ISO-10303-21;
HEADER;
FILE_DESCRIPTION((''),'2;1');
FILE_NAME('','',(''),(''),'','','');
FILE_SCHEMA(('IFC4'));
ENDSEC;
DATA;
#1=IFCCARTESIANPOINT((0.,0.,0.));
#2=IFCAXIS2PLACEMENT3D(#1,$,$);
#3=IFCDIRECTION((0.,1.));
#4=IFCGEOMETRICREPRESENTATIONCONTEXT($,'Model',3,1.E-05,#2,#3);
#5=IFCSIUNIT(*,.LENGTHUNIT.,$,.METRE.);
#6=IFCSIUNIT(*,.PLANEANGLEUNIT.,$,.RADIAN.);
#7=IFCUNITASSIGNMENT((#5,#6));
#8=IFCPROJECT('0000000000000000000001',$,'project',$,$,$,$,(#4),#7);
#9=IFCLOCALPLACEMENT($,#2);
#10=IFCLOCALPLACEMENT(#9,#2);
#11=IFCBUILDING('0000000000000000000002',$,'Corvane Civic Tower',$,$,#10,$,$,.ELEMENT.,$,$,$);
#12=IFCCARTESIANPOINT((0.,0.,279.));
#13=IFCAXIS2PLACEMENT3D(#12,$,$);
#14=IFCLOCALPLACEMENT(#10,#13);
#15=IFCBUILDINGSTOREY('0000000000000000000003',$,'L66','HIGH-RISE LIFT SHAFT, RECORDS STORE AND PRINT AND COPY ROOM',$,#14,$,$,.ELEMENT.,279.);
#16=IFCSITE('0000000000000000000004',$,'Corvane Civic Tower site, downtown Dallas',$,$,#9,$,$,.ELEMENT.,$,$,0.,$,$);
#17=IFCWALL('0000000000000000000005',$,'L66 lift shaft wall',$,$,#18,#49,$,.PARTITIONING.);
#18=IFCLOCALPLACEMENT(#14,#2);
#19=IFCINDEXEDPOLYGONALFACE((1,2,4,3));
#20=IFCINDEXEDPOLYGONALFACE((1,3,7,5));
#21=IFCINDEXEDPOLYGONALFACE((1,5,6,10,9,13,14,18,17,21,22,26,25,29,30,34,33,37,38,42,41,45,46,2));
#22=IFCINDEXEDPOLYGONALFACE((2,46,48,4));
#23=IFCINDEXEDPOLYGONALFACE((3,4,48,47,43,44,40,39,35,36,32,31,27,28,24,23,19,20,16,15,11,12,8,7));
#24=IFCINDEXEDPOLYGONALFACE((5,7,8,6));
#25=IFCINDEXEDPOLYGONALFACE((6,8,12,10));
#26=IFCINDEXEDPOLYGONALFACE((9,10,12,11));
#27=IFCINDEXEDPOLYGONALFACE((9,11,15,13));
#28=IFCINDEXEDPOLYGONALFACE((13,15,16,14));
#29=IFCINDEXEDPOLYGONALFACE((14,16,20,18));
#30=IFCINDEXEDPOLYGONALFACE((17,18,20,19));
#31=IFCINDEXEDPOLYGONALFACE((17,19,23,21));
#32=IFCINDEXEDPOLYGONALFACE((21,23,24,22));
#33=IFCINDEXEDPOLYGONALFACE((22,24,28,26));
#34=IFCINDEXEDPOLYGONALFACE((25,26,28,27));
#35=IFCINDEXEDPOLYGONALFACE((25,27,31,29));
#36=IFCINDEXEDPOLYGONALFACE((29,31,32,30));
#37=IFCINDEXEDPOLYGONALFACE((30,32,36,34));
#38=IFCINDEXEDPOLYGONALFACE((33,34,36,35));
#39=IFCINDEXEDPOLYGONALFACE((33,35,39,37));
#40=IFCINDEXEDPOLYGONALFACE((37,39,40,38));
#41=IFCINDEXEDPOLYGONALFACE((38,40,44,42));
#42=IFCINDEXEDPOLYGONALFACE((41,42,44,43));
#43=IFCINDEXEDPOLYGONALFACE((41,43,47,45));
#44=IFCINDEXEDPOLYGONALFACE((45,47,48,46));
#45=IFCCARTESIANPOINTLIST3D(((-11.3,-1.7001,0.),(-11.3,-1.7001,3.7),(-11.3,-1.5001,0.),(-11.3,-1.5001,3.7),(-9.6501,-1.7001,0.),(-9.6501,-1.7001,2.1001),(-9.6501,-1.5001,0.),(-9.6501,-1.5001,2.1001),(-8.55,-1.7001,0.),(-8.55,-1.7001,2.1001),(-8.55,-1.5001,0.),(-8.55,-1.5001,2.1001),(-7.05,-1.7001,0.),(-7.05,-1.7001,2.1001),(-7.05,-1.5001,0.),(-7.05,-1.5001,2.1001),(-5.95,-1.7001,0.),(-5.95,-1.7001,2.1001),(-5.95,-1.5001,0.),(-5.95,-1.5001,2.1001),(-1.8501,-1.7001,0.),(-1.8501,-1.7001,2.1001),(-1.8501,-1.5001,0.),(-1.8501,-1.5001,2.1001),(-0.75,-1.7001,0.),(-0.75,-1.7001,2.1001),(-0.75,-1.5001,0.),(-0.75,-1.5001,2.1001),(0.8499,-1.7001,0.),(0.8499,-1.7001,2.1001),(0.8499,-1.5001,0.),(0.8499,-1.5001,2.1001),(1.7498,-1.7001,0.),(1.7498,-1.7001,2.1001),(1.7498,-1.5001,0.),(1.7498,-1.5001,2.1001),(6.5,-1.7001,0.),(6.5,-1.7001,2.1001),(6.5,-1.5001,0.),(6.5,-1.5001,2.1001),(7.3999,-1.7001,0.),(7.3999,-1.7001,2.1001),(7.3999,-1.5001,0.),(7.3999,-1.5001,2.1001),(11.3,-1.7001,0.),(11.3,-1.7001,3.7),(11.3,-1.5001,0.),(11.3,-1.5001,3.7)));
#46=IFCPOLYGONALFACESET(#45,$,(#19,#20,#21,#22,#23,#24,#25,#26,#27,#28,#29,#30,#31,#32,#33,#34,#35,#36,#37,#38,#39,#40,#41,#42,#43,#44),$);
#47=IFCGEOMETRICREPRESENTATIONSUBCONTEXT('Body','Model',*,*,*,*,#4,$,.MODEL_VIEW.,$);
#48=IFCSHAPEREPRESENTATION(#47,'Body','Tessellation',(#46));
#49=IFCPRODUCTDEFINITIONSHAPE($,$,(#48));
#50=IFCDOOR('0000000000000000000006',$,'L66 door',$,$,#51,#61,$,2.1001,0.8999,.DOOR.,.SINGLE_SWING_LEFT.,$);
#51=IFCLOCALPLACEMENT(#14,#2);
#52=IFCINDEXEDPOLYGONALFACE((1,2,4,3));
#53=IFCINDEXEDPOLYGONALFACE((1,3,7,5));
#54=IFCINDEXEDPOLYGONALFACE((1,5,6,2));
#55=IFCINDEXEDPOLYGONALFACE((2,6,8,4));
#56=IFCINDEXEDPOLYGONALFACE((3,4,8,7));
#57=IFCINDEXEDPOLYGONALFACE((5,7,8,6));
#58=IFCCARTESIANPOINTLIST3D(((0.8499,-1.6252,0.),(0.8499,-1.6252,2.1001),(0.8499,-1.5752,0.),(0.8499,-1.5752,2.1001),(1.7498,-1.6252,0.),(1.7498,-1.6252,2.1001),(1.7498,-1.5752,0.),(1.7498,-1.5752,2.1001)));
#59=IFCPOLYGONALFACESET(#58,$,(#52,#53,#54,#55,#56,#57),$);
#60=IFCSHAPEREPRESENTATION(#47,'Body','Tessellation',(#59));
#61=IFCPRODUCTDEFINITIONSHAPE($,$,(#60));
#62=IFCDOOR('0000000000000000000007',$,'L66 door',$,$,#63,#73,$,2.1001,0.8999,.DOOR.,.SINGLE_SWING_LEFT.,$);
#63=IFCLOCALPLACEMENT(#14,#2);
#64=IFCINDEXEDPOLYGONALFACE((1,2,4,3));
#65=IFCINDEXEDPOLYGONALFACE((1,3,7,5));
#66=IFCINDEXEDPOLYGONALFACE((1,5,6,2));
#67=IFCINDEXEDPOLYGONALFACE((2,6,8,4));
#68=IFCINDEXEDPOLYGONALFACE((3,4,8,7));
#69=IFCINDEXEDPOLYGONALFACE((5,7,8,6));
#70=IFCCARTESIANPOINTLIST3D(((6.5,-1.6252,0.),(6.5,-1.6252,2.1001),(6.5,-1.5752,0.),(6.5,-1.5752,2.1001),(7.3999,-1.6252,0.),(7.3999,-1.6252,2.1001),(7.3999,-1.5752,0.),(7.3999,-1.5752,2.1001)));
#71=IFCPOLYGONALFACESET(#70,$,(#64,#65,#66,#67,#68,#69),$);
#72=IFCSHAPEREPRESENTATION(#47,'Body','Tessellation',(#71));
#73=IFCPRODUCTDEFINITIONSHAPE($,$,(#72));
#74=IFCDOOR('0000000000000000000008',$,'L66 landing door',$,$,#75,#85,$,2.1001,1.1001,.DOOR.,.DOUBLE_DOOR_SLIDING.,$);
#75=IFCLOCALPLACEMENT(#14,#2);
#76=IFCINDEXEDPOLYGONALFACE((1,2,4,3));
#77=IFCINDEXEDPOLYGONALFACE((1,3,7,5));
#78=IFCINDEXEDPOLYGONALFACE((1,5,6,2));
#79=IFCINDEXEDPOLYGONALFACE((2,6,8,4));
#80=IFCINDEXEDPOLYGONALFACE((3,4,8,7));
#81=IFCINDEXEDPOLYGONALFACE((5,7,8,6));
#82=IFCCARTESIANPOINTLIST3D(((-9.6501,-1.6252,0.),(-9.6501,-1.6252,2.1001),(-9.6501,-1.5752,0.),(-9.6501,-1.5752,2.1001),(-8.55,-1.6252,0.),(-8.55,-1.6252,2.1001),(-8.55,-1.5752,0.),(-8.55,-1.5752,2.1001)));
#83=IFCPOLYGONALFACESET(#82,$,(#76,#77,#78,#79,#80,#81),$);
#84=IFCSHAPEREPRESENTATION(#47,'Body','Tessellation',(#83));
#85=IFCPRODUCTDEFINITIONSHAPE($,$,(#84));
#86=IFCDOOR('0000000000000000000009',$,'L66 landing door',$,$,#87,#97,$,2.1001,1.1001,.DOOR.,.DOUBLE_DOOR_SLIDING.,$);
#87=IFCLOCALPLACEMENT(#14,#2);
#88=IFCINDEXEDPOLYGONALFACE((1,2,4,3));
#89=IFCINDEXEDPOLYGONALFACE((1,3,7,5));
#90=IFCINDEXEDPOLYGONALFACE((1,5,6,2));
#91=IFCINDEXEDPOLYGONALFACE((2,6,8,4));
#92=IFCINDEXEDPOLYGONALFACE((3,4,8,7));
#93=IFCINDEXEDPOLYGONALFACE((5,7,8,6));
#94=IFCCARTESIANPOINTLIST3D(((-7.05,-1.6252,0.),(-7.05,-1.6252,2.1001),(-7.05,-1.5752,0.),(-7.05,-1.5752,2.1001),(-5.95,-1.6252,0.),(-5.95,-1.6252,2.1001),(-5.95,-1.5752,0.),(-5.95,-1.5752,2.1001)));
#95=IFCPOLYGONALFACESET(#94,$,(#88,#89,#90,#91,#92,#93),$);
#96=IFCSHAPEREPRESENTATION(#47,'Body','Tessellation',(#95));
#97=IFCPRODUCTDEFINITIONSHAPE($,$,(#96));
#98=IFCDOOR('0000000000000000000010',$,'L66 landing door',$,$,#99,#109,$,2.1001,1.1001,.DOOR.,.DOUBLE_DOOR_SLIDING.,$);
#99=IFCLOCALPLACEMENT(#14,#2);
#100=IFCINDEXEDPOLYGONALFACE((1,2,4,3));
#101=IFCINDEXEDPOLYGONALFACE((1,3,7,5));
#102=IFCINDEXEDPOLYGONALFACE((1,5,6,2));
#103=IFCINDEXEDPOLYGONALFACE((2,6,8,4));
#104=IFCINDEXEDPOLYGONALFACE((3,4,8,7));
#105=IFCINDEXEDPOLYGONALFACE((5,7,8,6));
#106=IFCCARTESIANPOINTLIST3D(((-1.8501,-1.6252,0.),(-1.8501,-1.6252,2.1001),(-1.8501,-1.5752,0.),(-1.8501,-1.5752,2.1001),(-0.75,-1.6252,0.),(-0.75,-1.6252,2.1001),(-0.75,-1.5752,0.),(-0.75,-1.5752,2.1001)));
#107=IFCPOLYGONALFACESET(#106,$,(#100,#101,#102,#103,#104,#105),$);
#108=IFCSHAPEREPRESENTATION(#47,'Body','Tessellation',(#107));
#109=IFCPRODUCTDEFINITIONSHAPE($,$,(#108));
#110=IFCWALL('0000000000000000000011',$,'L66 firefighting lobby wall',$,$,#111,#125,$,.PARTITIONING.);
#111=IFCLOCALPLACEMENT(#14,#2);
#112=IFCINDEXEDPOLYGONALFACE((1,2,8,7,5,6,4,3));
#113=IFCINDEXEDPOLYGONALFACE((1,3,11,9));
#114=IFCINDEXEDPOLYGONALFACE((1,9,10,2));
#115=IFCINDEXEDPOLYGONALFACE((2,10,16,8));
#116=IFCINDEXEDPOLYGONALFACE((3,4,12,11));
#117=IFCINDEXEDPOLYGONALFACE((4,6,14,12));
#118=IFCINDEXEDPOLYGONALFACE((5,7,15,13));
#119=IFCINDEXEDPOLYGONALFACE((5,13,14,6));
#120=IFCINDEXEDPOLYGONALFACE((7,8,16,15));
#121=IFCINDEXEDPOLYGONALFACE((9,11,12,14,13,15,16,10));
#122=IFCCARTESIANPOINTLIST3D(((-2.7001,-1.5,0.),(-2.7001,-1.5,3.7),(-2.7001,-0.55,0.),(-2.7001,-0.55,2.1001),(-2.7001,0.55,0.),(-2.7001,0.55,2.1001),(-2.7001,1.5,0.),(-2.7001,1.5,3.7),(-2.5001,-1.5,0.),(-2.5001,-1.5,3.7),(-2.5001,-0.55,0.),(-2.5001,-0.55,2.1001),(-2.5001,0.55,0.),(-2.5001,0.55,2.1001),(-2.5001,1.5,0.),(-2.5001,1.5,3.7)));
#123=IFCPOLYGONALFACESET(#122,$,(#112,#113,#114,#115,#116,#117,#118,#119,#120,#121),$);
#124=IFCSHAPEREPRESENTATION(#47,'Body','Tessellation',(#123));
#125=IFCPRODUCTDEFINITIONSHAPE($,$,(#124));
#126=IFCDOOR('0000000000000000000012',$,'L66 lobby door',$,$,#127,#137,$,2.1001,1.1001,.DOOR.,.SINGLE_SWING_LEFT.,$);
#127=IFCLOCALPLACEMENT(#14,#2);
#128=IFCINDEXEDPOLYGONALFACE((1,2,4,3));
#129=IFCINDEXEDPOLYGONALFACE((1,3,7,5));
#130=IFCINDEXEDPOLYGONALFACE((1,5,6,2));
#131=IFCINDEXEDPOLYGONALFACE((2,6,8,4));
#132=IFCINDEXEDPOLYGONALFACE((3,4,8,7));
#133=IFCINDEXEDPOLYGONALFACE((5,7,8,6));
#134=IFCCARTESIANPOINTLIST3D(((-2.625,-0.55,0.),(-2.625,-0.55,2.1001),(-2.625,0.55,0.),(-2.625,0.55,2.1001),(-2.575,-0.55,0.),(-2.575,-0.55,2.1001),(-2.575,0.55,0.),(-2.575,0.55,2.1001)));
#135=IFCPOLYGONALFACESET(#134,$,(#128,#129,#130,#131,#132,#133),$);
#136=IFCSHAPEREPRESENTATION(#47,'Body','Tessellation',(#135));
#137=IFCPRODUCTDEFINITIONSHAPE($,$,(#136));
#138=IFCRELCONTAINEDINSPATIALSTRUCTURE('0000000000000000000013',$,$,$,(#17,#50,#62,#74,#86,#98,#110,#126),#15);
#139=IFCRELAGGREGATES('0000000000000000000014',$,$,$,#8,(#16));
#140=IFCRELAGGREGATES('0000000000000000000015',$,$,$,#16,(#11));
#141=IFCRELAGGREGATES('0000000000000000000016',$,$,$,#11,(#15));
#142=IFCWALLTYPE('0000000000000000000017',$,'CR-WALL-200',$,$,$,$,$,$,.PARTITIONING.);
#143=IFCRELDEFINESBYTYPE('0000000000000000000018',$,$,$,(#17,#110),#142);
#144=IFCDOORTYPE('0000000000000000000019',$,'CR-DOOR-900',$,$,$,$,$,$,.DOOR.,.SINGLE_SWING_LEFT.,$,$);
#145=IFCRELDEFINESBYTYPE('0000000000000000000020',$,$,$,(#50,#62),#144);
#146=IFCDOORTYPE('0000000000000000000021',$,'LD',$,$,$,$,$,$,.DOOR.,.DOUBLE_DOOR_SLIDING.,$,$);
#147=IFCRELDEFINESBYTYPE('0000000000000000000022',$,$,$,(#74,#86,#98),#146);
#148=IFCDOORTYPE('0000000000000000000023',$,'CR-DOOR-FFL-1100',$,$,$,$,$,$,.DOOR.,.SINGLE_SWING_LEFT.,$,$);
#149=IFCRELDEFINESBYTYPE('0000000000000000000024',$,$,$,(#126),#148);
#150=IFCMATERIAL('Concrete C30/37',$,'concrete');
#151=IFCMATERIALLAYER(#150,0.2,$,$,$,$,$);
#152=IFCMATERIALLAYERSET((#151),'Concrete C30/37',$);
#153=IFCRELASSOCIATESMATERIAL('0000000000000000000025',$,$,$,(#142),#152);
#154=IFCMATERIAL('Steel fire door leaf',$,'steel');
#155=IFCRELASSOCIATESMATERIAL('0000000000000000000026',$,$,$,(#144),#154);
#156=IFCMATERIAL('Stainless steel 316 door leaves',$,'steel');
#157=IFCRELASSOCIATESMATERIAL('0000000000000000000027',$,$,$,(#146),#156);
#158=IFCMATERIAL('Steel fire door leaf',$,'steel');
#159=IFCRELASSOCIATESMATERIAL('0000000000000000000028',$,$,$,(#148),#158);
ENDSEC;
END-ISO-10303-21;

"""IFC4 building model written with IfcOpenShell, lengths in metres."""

from ifc_helpers import new_model, si_unit, direction, frame, frame_2d, origin, place, context, subcontext, project, spatial, rectangle, extrude, material, layer, layer_set, type_object, element, fill, save


model = new_model("IFC4")

# Units and contexts
model_context = context("Model", 3, precision=1e-05, world=origin(), true_north=direction((0.0, 1.0)))
body_context = subcontext(model_context, "Body", "Model", "MODEL_VIEW")
ifc_project = project(units=[si_unit("LENGTHUNIT", "METRE"), si_unit("PLANEANGLEUNIT", "RADIAN")], contexts=[model_context])

# Site, building, storey
site_placement = place(None, origin())
site = spatial("IfcSite", under=ifc_project, at=site_placement, Name="Corvane Civic Tower site, downtown Dallas", CompositionType="ELEMENT", RefElevation=0.0)
building_placement = place(site_placement, origin())
building = spatial("IfcBuilding", under=site, at=building_placement, Name="Corvane Civic Tower", CompositionType="ELEMENT")
storey_placement = place(building_placement, frame((0.0, 0.0, 279.0)))
storey = spatial("IfcBuildingStorey", under=building, at=storey_placement, Name="L66", Description="HIGH-RISE LIFT SHAFT, RECORDS STORE AND PRINT AND COPY ROOM", CompositionType="ELEMENT", Elevation=279.0)

# Wall, openings, doors
ifc_material_1 = material(Name="Concrete C30/37", Category="concrete")
ifc_layer_1 = layer(ifc_material_1, 0.2)
ifc_layer_set_1 = layer_set([ifc_layer_1], Name="Concrete C30/37")
wall_type_1 = type_object("IfcWallType", Name="CR-WALL-200", PredefinedType="PARTITIONING", material=ifc_layer_set_1)
ifc_material_2 = material(Name="Steel fire door leaf", Category="steel")
door_type_1 = type_object("IfcDoorType", Name="CR-DOOR-900", OperationType="SINGLE_SWING_LEFT", PredefinedType="DOOR", material=ifc_material_2)
wall_1_placement = place(storey_placement, frame((-11.3, -1.6001, 0.0), z_axis=(0.0, 0.0, 1.0), x_axis=(1.0, 0.0, 0.0)))
wall_1 = element("IfcWall", 1, at=wall_1_placement, inside=storey, type_object=wall_type_1, Name="L66 lift shaft wall", PredefinedType="PARTITIONING", context=body_context, shape_type="SweptSolid", body=[
    extrude(rectangle(XDim=22.6001, YDim=0.2, at=frame_2d((11.3, 0.0))), origin(), (0.0, 0.0, 1.0), 3.7),
])
opening_1_placement = place(wall_1_placement, frame((1.6499, 0.0, 0.0)))
opening_1 = element("IfcOpeningElement", 2, at=opening_1_placement, cuts=wall_1, PredefinedType="OPENING", context=body_context, shape_type="SweptSolid", body=[
    extrude(rectangle(XDim=1.1001, YDim=2.1001, at=frame_2d((0.55, 1.05))), frame((0.0, 0.1099, 0.0), z_axis=(0.0, -1.0, 0.0), x_axis=(1.0, 0.0, 0.0)), (0.0, 0.0, 1.0), 0.22),
])
opening_2_placement = place(wall_1_placement, frame((4.25, 0.0, 0.0)))
opening_2 = element("IfcOpeningElement", 3, at=opening_2_placement, cuts=wall_1, PredefinedType="OPENING", context=body_context, shape_type="SweptSolid", body=[
    extrude(rectangle(XDim=1.1001, YDim=2.1001, at=frame_2d((0.55, 1.05))), frame((0.0, 0.1099, 0.0), z_axis=(0.0, -1.0, 0.0), x_axis=(1.0, 0.0, 0.0)), (0.0, 0.0, 1.0), 0.22),
])
opening_3_placement = place(wall_1_placement, frame((9.45, 0.0, 0.0)))
opening_3 = element("IfcOpeningElement", 4, at=opening_3_placement, cuts=wall_1, PredefinedType="OPENING", context=body_context, shape_type="SweptSolid", body=[
    extrude(rectangle(XDim=1.1001, YDim=2.1001, at=frame_2d((0.55, 1.05))), frame((0.0, 0.1099, 0.0), z_axis=(0.0, -1.0, 0.0), x_axis=(1.0, 0.0, 0.0)), (0.0, 0.0, 1.0), 0.22),
])
opening_4_placement = place(wall_1_placement, frame((12.1499, 0.0, 0.0)))
opening_4 = element("IfcOpeningElement", 5, at=opening_4_placement, cuts=wall_1, PredefinedType="OPENING", context=body_context, shape_type="SweptSolid", body=[
    extrude(rectangle(XDim=0.8999, YDim=2.1001, at=frame_2d((0.45, 1.05))), frame((0.0, 0.1099, 0.0), z_axis=(0.0, -1.0, 0.0), x_axis=(1.0, 0.0, 0.0)), (0.0, 0.0, 1.0), 0.22),
])
opening_5_placement = place(wall_1_placement, frame((17.8, 0.0, 0.0)))
opening_5 = element("IfcOpeningElement", 6, at=opening_5_placement, cuts=wall_1, PredefinedType="OPENING", context=body_context, shape_type="SweptSolid", body=[
    extrude(rectangle(XDim=0.8999, YDim=2.1001, at=frame_2d((0.45, 1.05))), frame((0.0, 0.1099, 0.0), z_axis=(0.0, -1.0, 0.0), x_axis=(1.0, 0.0, 0.0)), (0.0, 0.0, 1.0), 0.22),
])
door_1_placement = place(opening_4_placement, origin())
door_1 = element("IfcDoor", 7, at=door_1_placement, inside=storey, type_object=door_type_1, Name="L66 door", OperationType="SINGLE_SWING_LEFT", OverallHeight=2.1001, OverallWidth=0.8999, PredefinedType="DOOR", context=body_context, shape_type="SweptSolid", body=[
    extrude(rectangle(XDim=0.8999, YDim=2.1001, at=frame_2d((0.45, 1.05))), frame((0.0, 0.0249, 0.0), z_axis=(0.0, -1.0, 0.0), x_axis=(1.0, 0.0, 0.0)), (0.0, 0.0, 1.0), 0.05),
])
fill(opening_4, door_1)
door_2_placement = place(opening_5_placement, origin())
door_2 = element("IfcDoor", 8, at=door_2_placement, inside=storey, type_object=door_type_1, Name="L66 door", OperationType="SINGLE_SWING_LEFT", OverallHeight=2.1001, OverallWidth=0.8999, PredefinedType="DOOR", context=body_context, shape_type="SweptSolid", body=[
    extrude(rectangle(XDim=0.8999, YDim=2.1001, at=frame_2d((0.45, 1.05))), frame((0.0, 0.0249, 0.0), z_axis=(0.0, -1.0, 0.0), x_axis=(1.0, 0.0, 0.0)), (0.0, 0.0, 1.0), 0.05),
])
fill(opening_5, door_2)
ifc_material_3 = material(Name="Stainless steel 316 door leaves", Category="steel")
door_type_2 = type_object("IfcDoorType", Name="LD", OperationType="DOUBLE_DOOR_SLIDING", PredefinedType="DOOR", material=ifc_material_3)
door_3_placement = place(opening_1_placement, origin())
door_3 = element("IfcDoor", 9, at=door_3_placement, inside=storey, type_object=door_type_2, Name="L66 landing door", OperationType="DOUBLE_DOOR_SLIDING", OverallHeight=2.1001, OverallWidth=1.1001, PredefinedType="DOOR", context=body_context, shape_type="SweptSolid", body=[
    extrude(rectangle(XDim=1.1001, YDim=2.1001, at=frame_2d((0.55, 1.05))), frame((0.0, 0.0249, 0.0), z_axis=(0.0, -1.0, 0.0), x_axis=(1.0, 0.0, 0.0)), (0.0, 0.0, 1.0), 0.05),
])
fill(opening_1, door_3)
door_4_placement = place(opening_2_placement, origin())
door_4 = element("IfcDoor", 10, at=door_4_placement, inside=storey, type_object=door_type_2, Name="L66 landing door", OperationType="DOUBLE_DOOR_SLIDING", OverallHeight=2.1001, OverallWidth=1.1001, PredefinedType="DOOR", context=body_context, shape_type="SweptSolid", body=[
    extrude(rectangle(XDim=1.1001, YDim=2.1001, at=frame_2d((0.55, 1.05))), frame((0.0, 0.0249, 0.0), z_axis=(0.0, -1.0, 0.0), x_axis=(1.0, 0.0, 0.0)), (0.0, 0.0, 1.0), 0.05),
])
fill(opening_2, door_4)
door_5_placement = place(opening_3_placement, origin())
door_5 = element("IfcDoor", 11, at=door_5_placement, inside=storey, type_object=door_type_2, Name="L66 landing door", OperationType="DOUBLE_DOOR_SLIDING", OverallHeight=2.1001, OverallWidth=1.1001, PredefinedType="DOOR", context=body_context, shape_type="SweptSolid", body=[
    extrude(rectangle(XDim=1.1001, YDim=2.1001, at=frame_2d((0.55, 1.05))), frame((0.0, 0.0249, 0.0), z_axis=(0.0, -1.0, 0.0), x_axis=(1.0, 0.0, 0.0)), (0.0, 0.0, 1.0), 0.05),
])
fill(opening_3, door_5)

# Wall, opening, door
wall_2_placement = place(storey_placement, frame((-2.6001, -1.5, 0.0), z_axis=(0.0, 0.0, 1.0), x_axis=(0.0, 1.0, 0.0)))
wall_2 = element("IfcWall", 12, at=wall_2_placement, inside=storey, type_object=wall_type_1, Name="L66 firefighting lobby wall", PredefinedType="PARTITIONING", context=body_context, shape_type="SweptSolid", body=[
    extrude(rectangle(XDim=3.0, YDim=0.2, at=frame_2d((1.5, 0.0))), origin(), (0.0, 0.0, 1.0), 3.7),
])
opening_6_placement = place(wall_2_placement, frame((0.95, 0.0, 0.0)))
opening_6 = element("IfcOpeningElement", 13, at=opening_6_placement, cuts=wall_2, PredefinedType="OPENING", context=body_context, shape_type="SweptSolid", body=[
    extrude(rectangle(XDim=1.1001, YDim=2.1001, at=frame_2d((0.55, 1.05))), frame((0.0, 0.1099, 0.0), z_axis=(0.0, -1.0, 0.0), x_axis=(1.0, 0.0, 0.0)), (0.0, 0.0, 1.0), 0.22),
])
ifc_material_4 = material(Name="Steel fire door leaf", Category="steel")
door_type_3 = type_object("IfcDoorType", Name="CR-DOOR-FFL-1100", OperationType="SINGLE_SWING_LEFT", PredefinedType="DOOR", material=ifc_material_4)
door_6_placement = place(opening_6_placement, origin())
door_6 = element("IfcDoor", 14, at=door_6_placement, inside=storey, type_object=door_type_3, Name="L66 lobby door", OperationType="SINGLE_SWING_LEFT", OverallHeight=2.1001, OverallWidth=1.1001, PredefinedType="DOOR", context=body_context, shape_type="SweptSolid", body=[
    extrude(rectangle(XDim=1.1001, YDim=2.1001, at=frame_2d((0.55, 1.05))), frame((0.0, 0.0249, 0.0), z_axis=(0.0, -1.0, 0.0), x_axis=(1.0, 0.0, 0.0)), (0.0, 0.0, 1.0), 0.05),
])
fill(opening_6, door_6)

save(model, "model.ifc")
